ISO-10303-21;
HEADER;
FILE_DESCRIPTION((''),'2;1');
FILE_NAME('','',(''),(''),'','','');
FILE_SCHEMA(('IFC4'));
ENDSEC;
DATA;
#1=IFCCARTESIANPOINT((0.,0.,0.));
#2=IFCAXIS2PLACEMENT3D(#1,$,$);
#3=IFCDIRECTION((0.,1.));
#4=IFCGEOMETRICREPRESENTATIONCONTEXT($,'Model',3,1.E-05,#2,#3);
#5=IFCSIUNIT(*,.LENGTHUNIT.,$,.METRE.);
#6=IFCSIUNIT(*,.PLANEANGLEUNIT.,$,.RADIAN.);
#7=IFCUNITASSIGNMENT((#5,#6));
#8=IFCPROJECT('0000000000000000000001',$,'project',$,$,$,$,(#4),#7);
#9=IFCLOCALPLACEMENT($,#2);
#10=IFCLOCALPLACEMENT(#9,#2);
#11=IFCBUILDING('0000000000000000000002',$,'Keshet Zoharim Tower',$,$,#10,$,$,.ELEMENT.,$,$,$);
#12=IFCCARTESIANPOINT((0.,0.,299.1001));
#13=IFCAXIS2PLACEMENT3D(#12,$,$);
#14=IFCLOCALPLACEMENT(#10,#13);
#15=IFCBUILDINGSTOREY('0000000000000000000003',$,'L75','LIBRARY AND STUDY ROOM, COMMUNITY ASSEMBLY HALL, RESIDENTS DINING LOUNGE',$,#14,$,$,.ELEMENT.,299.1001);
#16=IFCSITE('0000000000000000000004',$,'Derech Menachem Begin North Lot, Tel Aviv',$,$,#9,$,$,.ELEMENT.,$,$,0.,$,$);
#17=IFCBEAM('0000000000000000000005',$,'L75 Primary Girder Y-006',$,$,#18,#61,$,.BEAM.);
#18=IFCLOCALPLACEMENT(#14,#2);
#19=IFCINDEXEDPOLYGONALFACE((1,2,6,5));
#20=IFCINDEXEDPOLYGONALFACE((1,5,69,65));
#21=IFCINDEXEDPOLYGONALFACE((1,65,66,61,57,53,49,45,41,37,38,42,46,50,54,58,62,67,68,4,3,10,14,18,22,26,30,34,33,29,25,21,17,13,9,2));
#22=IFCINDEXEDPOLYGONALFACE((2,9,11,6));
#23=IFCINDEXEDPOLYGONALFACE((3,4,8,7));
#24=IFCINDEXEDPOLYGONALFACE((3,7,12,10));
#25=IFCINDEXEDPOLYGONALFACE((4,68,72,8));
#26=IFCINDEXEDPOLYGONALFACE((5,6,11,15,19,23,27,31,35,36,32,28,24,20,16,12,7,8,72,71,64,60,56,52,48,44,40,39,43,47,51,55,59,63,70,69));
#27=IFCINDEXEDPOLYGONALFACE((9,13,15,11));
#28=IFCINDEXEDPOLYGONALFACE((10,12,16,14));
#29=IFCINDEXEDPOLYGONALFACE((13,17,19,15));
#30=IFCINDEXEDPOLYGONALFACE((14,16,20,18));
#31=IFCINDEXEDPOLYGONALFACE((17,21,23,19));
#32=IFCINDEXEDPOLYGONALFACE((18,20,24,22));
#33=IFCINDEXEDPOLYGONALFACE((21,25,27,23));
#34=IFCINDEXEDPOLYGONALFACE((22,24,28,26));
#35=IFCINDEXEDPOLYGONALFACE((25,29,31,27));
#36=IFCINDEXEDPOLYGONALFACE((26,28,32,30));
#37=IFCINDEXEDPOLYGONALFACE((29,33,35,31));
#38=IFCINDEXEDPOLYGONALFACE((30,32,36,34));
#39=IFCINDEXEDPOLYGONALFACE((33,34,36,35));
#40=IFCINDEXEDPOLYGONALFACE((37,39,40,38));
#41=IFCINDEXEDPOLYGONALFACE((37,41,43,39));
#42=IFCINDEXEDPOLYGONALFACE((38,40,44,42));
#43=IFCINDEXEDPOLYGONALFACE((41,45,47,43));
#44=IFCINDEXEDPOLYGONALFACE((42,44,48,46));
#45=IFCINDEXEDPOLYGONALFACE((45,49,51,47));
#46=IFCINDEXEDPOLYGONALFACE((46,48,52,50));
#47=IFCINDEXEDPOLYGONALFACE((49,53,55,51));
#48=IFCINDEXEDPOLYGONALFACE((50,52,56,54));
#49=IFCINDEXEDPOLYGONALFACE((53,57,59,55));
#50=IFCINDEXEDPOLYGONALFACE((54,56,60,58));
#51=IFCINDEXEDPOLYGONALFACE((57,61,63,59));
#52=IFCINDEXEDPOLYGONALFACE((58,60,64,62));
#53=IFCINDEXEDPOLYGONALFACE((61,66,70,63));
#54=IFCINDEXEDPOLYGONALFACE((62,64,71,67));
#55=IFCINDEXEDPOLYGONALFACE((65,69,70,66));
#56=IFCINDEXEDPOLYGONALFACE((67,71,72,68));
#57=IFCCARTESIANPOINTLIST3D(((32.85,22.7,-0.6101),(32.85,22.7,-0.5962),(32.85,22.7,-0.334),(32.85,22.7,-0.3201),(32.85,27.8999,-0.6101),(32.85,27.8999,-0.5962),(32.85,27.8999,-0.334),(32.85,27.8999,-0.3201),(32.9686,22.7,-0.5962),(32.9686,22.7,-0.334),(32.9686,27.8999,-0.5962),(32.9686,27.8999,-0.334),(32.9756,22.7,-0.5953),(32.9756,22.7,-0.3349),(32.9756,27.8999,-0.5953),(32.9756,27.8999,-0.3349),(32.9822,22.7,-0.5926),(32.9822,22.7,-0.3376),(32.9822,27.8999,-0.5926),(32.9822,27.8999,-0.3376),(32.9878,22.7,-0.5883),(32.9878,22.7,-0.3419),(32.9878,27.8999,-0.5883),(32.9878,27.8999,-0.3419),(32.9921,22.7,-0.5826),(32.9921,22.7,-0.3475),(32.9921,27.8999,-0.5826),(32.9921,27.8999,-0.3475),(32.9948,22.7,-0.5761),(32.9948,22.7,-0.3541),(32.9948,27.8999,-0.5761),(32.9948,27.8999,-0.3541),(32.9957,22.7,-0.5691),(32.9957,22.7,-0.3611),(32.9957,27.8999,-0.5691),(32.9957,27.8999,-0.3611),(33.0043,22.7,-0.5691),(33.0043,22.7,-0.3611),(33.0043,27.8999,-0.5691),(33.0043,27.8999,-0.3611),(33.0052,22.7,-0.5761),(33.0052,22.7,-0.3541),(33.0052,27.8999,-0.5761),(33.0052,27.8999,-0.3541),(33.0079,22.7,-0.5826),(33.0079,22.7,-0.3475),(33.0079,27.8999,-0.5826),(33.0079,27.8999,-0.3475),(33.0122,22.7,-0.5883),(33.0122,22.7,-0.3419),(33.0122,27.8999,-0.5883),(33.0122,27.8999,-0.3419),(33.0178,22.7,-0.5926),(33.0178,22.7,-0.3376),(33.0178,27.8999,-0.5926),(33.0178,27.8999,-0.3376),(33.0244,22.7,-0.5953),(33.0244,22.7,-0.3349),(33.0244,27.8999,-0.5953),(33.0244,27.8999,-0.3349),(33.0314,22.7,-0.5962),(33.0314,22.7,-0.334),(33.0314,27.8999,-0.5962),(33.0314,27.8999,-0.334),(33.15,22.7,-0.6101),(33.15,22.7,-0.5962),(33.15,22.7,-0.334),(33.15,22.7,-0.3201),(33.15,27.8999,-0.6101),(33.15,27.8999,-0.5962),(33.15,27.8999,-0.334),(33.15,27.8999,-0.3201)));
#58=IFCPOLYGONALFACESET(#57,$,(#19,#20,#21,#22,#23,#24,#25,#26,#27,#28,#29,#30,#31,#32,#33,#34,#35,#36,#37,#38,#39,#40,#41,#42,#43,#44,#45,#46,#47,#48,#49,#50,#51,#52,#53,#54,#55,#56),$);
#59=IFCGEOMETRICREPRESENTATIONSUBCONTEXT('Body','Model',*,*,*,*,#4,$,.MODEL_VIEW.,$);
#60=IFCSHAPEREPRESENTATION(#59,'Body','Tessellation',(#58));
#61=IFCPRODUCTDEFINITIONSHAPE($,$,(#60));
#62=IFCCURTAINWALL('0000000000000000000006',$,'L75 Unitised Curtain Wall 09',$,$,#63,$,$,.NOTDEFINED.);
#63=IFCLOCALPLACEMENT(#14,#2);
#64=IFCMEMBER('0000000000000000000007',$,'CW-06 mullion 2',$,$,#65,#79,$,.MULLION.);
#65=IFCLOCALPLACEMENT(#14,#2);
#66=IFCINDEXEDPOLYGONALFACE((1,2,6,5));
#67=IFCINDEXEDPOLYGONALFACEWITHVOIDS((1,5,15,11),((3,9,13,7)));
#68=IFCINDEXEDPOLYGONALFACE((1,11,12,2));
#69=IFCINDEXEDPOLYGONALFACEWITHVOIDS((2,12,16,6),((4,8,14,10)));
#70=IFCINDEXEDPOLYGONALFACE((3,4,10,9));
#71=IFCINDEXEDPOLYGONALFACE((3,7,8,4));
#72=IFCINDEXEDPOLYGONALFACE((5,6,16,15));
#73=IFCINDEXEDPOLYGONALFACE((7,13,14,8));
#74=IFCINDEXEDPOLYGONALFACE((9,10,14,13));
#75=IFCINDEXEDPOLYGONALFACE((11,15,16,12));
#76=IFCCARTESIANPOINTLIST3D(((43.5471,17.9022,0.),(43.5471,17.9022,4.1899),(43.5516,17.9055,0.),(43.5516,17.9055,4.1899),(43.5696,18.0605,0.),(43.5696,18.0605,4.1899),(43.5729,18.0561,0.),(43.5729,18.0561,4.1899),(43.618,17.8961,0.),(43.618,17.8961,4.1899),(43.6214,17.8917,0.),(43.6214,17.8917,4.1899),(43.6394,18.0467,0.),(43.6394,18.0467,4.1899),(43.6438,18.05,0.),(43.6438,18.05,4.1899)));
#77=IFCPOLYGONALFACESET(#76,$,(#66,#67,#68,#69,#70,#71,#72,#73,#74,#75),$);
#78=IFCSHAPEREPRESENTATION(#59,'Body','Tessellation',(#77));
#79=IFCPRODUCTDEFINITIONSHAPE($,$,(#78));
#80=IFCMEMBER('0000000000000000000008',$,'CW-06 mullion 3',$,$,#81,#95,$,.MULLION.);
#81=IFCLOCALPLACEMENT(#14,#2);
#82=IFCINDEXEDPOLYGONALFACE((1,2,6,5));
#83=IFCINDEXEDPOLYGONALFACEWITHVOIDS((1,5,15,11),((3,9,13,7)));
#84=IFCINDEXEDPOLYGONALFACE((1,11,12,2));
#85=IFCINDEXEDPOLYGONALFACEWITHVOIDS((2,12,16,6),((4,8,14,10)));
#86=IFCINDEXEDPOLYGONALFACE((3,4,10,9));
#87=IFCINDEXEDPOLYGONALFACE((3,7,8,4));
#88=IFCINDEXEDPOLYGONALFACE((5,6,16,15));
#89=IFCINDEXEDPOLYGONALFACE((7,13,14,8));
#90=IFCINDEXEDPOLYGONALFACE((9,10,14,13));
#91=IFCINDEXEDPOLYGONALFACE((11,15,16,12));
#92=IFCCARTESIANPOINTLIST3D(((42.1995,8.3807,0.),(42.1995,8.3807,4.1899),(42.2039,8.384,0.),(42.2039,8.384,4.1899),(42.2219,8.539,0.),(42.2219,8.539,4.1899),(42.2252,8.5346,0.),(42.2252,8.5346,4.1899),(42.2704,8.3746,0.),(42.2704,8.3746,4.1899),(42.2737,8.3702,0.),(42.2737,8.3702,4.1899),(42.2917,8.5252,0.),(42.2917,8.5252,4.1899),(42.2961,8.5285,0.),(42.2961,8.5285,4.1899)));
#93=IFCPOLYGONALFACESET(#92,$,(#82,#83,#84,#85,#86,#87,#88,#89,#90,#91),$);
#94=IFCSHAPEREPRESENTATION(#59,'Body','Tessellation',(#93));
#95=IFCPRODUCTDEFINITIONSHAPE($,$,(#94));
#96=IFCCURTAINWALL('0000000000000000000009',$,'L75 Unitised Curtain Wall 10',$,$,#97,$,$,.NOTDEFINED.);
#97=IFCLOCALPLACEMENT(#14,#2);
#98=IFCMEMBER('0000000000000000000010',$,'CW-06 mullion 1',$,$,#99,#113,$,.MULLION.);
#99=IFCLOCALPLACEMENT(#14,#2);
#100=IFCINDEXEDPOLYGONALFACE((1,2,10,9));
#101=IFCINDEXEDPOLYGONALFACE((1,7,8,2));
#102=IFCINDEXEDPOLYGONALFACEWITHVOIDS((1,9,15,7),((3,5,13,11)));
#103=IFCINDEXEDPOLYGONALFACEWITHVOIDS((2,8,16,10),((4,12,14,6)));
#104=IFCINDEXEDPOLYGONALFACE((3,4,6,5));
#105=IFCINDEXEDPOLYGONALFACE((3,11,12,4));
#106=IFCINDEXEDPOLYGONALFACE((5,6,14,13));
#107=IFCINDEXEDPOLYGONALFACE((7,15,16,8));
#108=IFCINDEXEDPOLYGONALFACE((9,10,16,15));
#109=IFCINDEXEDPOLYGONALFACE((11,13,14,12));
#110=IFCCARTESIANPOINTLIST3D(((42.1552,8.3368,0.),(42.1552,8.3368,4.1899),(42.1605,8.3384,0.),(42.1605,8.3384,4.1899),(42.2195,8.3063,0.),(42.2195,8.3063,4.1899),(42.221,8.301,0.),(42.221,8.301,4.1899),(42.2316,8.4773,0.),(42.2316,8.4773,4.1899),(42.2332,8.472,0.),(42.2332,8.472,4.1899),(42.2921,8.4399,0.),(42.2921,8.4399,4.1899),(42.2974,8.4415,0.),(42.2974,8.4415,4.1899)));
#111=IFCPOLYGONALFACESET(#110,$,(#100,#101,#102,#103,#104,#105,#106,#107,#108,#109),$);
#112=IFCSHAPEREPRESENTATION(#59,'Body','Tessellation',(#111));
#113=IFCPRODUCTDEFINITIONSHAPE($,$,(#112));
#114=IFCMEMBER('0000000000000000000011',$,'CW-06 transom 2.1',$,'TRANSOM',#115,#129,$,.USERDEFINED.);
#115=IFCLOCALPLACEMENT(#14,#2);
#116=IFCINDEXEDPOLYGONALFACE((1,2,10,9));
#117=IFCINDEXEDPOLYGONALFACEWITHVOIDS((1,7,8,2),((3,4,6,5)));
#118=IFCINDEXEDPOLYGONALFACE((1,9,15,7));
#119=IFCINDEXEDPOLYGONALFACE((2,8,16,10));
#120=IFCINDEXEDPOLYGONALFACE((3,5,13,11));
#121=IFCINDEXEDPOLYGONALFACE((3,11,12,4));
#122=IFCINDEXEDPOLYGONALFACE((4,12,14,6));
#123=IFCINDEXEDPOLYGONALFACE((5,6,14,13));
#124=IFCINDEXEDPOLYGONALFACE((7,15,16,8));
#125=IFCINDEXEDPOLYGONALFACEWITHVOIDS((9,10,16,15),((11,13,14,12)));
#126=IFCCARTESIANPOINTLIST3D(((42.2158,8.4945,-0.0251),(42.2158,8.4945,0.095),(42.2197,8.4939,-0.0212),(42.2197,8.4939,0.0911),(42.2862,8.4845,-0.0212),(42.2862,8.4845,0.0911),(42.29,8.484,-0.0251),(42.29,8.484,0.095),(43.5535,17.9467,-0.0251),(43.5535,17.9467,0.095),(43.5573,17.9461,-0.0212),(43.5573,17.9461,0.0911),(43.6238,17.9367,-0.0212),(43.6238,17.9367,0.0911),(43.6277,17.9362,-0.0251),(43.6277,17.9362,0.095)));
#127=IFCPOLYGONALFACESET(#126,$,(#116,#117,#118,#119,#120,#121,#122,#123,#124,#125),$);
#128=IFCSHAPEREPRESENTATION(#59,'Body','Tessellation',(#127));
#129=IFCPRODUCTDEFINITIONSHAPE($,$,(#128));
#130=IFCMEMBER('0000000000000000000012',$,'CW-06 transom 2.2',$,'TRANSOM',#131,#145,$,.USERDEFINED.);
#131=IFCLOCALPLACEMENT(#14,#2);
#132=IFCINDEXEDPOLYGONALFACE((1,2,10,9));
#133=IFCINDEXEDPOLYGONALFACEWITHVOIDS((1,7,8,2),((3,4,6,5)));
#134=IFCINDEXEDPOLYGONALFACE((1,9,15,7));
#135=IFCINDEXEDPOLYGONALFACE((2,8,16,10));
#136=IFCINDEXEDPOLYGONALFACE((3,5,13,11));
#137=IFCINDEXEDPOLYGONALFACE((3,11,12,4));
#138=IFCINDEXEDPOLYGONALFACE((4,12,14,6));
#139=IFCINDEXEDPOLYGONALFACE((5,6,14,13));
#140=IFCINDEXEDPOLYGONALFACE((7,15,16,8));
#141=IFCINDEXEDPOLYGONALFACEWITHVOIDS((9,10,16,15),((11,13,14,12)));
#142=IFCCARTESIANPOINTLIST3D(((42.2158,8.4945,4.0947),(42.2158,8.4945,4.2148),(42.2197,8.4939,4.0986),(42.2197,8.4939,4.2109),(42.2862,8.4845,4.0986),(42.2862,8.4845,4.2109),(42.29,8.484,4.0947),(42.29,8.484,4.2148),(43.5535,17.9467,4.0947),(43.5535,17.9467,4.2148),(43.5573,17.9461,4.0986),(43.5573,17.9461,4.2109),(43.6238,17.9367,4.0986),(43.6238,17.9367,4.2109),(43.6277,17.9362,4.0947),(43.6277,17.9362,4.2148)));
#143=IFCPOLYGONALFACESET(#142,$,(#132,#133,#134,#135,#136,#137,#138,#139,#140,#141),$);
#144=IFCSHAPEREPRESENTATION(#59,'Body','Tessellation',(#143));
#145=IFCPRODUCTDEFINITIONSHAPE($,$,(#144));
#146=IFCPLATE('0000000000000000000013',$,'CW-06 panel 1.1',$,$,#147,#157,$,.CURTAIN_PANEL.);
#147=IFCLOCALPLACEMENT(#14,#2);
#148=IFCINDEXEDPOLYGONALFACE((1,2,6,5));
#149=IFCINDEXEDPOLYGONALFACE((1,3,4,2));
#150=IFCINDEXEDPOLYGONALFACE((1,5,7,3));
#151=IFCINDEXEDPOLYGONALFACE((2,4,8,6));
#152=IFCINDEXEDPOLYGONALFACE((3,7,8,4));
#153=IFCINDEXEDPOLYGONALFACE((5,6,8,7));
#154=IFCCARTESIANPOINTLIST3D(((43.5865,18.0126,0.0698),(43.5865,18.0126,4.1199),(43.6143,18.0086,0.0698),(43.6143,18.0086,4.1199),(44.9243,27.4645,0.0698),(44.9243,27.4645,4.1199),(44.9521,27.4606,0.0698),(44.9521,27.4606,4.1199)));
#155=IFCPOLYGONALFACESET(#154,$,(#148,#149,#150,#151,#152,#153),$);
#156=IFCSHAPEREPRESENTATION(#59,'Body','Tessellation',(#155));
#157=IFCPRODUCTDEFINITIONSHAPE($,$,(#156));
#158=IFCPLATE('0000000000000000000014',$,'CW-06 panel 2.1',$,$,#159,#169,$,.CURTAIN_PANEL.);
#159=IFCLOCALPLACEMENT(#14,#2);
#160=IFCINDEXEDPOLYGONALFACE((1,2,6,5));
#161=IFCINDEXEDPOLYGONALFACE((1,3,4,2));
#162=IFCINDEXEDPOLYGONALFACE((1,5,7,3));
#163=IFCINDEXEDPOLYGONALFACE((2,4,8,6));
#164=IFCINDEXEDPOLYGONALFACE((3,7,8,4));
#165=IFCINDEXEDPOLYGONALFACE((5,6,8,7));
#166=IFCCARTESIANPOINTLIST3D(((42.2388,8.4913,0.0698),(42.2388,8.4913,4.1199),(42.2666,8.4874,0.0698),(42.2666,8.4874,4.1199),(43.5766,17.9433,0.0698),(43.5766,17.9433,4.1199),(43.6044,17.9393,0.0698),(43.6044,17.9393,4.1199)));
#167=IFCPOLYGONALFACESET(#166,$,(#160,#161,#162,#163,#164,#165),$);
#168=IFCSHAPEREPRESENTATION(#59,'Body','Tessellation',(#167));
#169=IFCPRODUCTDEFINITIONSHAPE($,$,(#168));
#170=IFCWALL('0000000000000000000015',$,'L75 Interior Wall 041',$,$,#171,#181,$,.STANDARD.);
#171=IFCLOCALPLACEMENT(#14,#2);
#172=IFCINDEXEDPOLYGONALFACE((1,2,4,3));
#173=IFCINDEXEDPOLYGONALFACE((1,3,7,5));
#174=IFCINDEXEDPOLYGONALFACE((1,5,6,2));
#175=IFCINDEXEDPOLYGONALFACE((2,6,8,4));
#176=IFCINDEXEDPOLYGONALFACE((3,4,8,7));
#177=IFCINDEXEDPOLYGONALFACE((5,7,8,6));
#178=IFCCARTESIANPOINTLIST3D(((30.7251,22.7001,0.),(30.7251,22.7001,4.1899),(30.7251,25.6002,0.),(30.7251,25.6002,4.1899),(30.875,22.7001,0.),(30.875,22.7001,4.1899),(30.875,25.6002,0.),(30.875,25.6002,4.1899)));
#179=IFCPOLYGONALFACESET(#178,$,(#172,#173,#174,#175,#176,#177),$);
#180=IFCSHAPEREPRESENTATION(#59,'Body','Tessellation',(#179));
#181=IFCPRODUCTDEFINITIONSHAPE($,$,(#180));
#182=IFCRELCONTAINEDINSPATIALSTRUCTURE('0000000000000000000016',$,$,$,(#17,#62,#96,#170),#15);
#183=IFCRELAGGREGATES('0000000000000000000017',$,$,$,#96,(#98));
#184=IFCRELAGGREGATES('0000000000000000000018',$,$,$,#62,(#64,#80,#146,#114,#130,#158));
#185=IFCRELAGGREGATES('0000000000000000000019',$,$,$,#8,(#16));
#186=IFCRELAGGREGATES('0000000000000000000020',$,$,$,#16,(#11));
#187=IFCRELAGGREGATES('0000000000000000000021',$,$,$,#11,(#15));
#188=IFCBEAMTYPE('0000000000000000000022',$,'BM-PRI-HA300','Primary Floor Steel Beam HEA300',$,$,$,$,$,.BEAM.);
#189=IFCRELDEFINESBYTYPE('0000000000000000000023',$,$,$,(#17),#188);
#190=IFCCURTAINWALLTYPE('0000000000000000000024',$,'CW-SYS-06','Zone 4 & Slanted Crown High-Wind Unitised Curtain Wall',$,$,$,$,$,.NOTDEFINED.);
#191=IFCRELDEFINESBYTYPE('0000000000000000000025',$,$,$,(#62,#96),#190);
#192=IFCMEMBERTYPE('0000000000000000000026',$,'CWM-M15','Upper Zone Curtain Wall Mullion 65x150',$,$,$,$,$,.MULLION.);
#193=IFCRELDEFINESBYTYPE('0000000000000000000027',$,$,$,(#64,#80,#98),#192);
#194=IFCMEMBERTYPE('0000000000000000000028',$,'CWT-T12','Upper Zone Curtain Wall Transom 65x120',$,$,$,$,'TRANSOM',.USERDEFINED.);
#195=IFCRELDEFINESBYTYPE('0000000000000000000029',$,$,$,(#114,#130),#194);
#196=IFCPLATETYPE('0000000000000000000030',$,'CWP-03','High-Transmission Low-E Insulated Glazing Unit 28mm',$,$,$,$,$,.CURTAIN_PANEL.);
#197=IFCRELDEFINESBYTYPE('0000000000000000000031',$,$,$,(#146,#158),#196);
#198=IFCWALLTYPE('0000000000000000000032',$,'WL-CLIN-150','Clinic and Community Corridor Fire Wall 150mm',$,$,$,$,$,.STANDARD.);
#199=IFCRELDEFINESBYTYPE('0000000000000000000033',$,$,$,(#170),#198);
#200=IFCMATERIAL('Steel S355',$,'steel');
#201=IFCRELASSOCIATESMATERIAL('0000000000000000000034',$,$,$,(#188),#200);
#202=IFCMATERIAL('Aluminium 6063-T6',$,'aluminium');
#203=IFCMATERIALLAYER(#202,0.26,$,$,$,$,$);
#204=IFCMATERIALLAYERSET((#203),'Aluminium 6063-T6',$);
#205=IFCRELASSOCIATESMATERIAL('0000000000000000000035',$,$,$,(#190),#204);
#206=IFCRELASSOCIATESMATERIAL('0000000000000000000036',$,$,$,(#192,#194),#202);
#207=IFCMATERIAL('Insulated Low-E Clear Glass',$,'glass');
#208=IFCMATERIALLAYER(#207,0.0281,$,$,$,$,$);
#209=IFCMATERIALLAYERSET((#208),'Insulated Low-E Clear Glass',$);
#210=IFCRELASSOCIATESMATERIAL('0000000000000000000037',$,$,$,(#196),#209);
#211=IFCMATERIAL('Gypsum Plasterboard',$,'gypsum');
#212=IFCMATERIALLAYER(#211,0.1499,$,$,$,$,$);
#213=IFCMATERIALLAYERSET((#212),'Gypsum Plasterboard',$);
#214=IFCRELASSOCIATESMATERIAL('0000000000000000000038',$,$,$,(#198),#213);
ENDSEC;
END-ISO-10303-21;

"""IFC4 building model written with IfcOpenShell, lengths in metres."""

from ifc_helpers import new_model, si_unit, direction, frame, frame_2d, origin, origin_2d, place, context, subcontext, project, spatial, rectangle, hollow_rectangle, i_section, extrude, material, layer, layer_set, material_profile, profile_set, type_object, element, aggregate, save


model = new_model("IFC4")

# Units and contexts
model_context = context("Model", 3, precision=1e-05, world=origin(), true_north=direction((0.0, 1.0)))
body_context = subcontext(model_context, "Body", "Model", "MODEL_VIEW")
ifc_project = project(units=[si_unit("LENGTHUNIT", "METRE"), si_unit("PLANEANGLEUNIT", "RADIAN")], contexts=[model_context])

# Site, building, storey
site_placement = place(None, origin())
site = spatial("IfcSite", under=ifc_project, at=site_placement, Name="Derech Menachem Begin North Lot, Tel Aviv", CompositionType="ELEMENT", RefElevation=0.0)
building_placement = place(site_placement, origin())
building = spatial("IfcBuilding", under=site, at=building_placement, Name="Keshet Zoharim Tower", CompositionType="ELEMENT")
storey_placement = place(building_placement, frame((0.0, 0.0, 299.1001)))
storey = spatial("IfcBuildingStorey", under=building, at=storey_placement, Name="L75", Description="LIBRARY AND STUDY ROOM, COMMUNITY ASSEMBLY HALL, RESIDENTS DINING LOUNGE", CompositionType="ELEMENT", Elevation=299.1001)

# Beam
ifc_material_1 = material(Name="Steel S355", Category="steel")
ifc_material_profile_1 = material_profile(ifc_material_1, i_section(OverallWidth=0.3, OverallDepth=0.29, WebThickness=0.0085, FlangeThickness=0.0139, FilletRadius=0.0271, at=origin_2d()), Name="HEA300")
ifc_profile_set_1 = profile_set([ifc_material_profile_1], Name="Steel S355")
beam_type_1 = type_object("IfcBeamType", Name="BM-PRI-HA300", Description="Primary Floor Steel Beam HEA300", PredefinedType="BEAM", material=ifc_profile_set_1)
beam_1_placement = place(storey_placement, frame((33.0, 22.7, -0.4651), z_axis=(0.0, 1.0, 0.0), x_axis=(-1.0, 0.0, 0.0)))
element("IfcBeam", 1, at=beam_1_placement, inside=storey, type_object=beam_type_1, Name="L75 Primary Girder Y-006", PredefinedType="BEAM", context=body_context, shape_type="SweptSolid", body=[
    extrude(i_section(OverallWidth=0.3, OverallDepth=0.29, WebThickness=0.0085, FlangeThickness=0.0139, FilletRadius=0.0271, at=origin_2d()), origin(), (0.0, 0.0, 1.0), 5.2),
])

# Curtain wall, members
ifc_material_2 = material(Name="Aluminium 6063-T6", Category="aluminium")
ifc_layer_1 = layer(ifc_material_2, 0.26)
ifc_layer_set_1 = layer_set([ifc_layer_1], Name="Aluminium 6063-T6")
curtain_wall_type = type_object("IfcCurtainWallType", Name="CW-SYS-06", Description="Zone 4 & Slanted Crown High-Wind Unitised Curtain Wall", PredefinedType="NOTDEFINED", material=ifc_layer_set_1)
curtain_wall_1_placement = place(storey_placement, origin())
curtain_wall_1 = element("IfcCurtainWall", 2, at=curtain_wall_1_placement, inside=storey, type_object=curtain_wall_type, Name="L75 Unitised Curtain Wall 09", PredefinedType="NOTDEFINED")
ifc_material_profile_2 = material_profile(ifc_material_2, hollow_rectangle(XDim=0.075, YDim=0.1599, WallThickness=0.0039, at=origin_2d()), Name="MUL-75x160")
ifc_profile_set_2 = profile_set([ifc_material_profile_2], Name="Aluminium 6063-T6")
member_type_1 = type_object("IfcMemberType", Name="CWM-M15", Description="Upper Zone Curtain Wall Mullion 65x150", PredefinedType="MULLION", material=ifc_profile_set_2)
member_1_placement = place(storey_placement, frame((43.5955, 17.9761, 0.0), z_axis=(0.0, 0.0, 1.0), x_axis=(0.990132, -0.140137, 0.0)))
member_1 = element("IfcMember", 3, at=member_1_placement, type_object=member_type_1, Name="CW-06 mullion 2", PredefinedType="MULLION", context=body_context, shape_type="SweptSolid", body=[
    extrude(hollow_rectangle(XDim=0.075, YDim=0.1599, WallThickness=0.0039, at=origin_2d()), origin(), (0.0, 0.0, 1.0), 4.1899),
])
member_2_placement = place(storey_placement, frame((42.2478, 8.4546, 0.0), z_axis=(0.0, 0.0, 1.0), x_axis=(0.990132, -0.140137, 0.0)))
member_2 = element("IfcMember", 4, at=member_2_placement, type_object=member_type_1, Name="CW-06 mullion 3", PredefinedType="MULLION", context=body_context, shape_type="SweptSolid", body=[
    extrude(hollow_rectangle(XDim=0.075, YDim=0.1599, WallThickness=0.0039, at=origin_2d()), origin(), (0.0, 0.0, 1.0), 4.1899),
])

# Curtain wall, member
curtain_wall_2_placement = place(storey_placement, origin())
curtain_wall_2 = element("IfcCurtainWall", 5, at=curtain_wall_2_placement, inside=storey, type_object=curtain_wall_type, Name="L75 Unitised Curtain Wall 10", PredefinedType="NOTDEFINED")
member_3_placement = place(storey_placement, frame((42.2263, 8.3892, 0.0), z_axis=(0.0, 0.0, 1.0), x_axis=(0.878468, -0.477801, 0.0)))
member_3 = element("IfcMember", 6, at=member_3_placement, type_object=member_type_1, Name="CW-06 mullion 1", PredefinedType="MULLION", context=body_context, shape_type="SweptSolid", body=[
    extrude(hollow_rectangle(XDim=0.075, YDim=0.1599, WallThickness=0.0039, at=origin_2d()), origin(), (0.0, 0.0, 1.0), 4.1899),
])
aggregate(curtain_wall_2, [member_3])

# Members
ifc_material_profile_3 = material_profile(ifc_material_2, hollow_rectangle(XDim=0.075, YDim=0.1201, WallThickness=0.0039, at=origin_2d()), Name="TRN-75x120")
ifc_profile_set_3 = profile_set([ifc_material_profile_3], Name="Aluminium 6063-T6")
member_type_2 = type_object("IfcMemberType", Name="CWT-T12", Description="Upper Zone Curtain Wall Transom 65x120", ElementType="TRANSOM", PredefinedType="USERDEFINED", material=ifc_profile_set_3)
member_4_placement = place(storey_placement, frame((43.5906, 17.9414, 0.0349), z_axis=(-0.140122, -0.990134, 0.0), x_axis=(0.990134, -0.140122, 0.0)))
member_4 = element("IfcMember", 7, at=member_4_placement, type_object=member_type_2, Name="CW-06 transom 2.1", ObjectType="TRANSOM", PredefinedType="USERDEFINED", context=body_context, shape_type="SweptSolid", body=[
    extrude(hollow_rectangle(XDim=0.075, YDim=0.1201, WallThickness=0.0039, at=origin_2d()), origin(), (0.0, 0.0, 1.0), 9.5464),
])
member_5_placement = place(storey_placement, frame((43.5906, 17.9414, 4.1548), z_axis=(-0.140122, -0.990134, 0.0), x_axis=(0.990134, -0.140122, 0.0)))
member_5 = element("IfcMember", 8, at=member_5_placement, type_object=member_type_2, Name="CW-06 transom 2.2", ObjectType="TRANSOM", PredefinedType="USERDEFINED", context=body_context, shape_type="SweptSolid", body=[
    extrude(hollow_rectangle(XDim=0.075, YDim=0.1201, WallThickness=0.0039, at=origin_2d()), origin(), (0.0, 0.0, 1.0), 9.5464),
])

# Plates
ifc_material_3 = material(Name="Insulated Low-E Clear Glass", Category="glass")
ifc_layer_2 = layer(ifc_material_3, 0.0281)
ifc_layer_set_2 = layer_set([ifc_layer_2], Name="Insulated Low-E Clear Glass")
plate_type = type_object("IfcPlateType", Name="CWP-03", Description="High-Transmission Low-E Insulated Glazing Unit 28mm", PredefinedType="CURTAIN_PANEL", material=ifc_layer_set_2)
plate_1_placement = place(storey_placement, frame((44.2693, 22.7366, 0.0698), z_axis=(0.0, 0.0, 1.0), x_axis=(-0.140137, -0.990132, 0.0)))
plate_1 = element("IfcPlate", 9, at=plate_1_placement, type_object=plate_type, Name="CW-06 panel 1.1", PredefinedType="CURTAIN_PANEL", context=body_context, shape_type="SweptSolid", body=[
    extrude(rectangle(XDim=9.5461, YDim=0.0281, at=origin_2d()), origin(), (0.0, 0.0, 1.0), 4.05),
])
plate_2_placement = place(storey_placement, frame((42.9216, 13.2153, 0.0698), z_axis=(0.0, 0.0, 1.0), x_axis=(-0.140137, -0.990132, 0.0)))
plate_2 = element("IfcPlate", 10, at=plate_2_placement, type_object=plate_type, Name="CW-06 panel 2.1", PredefinedType="CURTAIN_PANEL", context=body_context, shape_type="SweptSolid", body=[
    extrude(rectangle(XDim=9.5461, YDim=0.0281, at=origin_2d()), origin(), (0.0, 0.0, 1.0), 4.05),
])
aggregate(curtain_wall_1, [member_1, member_2, plate_1, member_4, member_5, plate_2])

# Wall
ifc_material_4 = material(Name="Gypsum Plasterboard", Category="gypsum")
ifc_layer_3 = layer(ifc_material_4, 0.1499)
ifc_layer_set_3 = layer_set([ifc_layer_3], Name="Gypsum Plasterboard")
wall_type_1 = type_object("IfcWallType", Name="WL-CLIN-150", Description="Clinic and Community Corridor Fire Wall 150mm", PredefinedType="STANDARD", material=ifc_layer_set_3)
wall_1_placement = place(storey_placement, frame((30.8, 22.7, 0.0), z_axis=(0.0, 0.0, 1.0), x_axis=(0.0, 1.0, 0.0)))
element("IfcWall", 11, at=wall_1_placement, inside=storey, type_object=wall_type_1, Name="L75 Interior Wall 041", PredefinedType="STANDARD", context=body_context, shape_type="SweptSolid", body=[
    extrude(rectangle(XDim=2.9001, YDim=0.1499, at=frame_2d((1.4502, 0.0))), origin(), (0.0, 0.0, 1.0), 4.1899),
])

save(model, "model.ifc")
